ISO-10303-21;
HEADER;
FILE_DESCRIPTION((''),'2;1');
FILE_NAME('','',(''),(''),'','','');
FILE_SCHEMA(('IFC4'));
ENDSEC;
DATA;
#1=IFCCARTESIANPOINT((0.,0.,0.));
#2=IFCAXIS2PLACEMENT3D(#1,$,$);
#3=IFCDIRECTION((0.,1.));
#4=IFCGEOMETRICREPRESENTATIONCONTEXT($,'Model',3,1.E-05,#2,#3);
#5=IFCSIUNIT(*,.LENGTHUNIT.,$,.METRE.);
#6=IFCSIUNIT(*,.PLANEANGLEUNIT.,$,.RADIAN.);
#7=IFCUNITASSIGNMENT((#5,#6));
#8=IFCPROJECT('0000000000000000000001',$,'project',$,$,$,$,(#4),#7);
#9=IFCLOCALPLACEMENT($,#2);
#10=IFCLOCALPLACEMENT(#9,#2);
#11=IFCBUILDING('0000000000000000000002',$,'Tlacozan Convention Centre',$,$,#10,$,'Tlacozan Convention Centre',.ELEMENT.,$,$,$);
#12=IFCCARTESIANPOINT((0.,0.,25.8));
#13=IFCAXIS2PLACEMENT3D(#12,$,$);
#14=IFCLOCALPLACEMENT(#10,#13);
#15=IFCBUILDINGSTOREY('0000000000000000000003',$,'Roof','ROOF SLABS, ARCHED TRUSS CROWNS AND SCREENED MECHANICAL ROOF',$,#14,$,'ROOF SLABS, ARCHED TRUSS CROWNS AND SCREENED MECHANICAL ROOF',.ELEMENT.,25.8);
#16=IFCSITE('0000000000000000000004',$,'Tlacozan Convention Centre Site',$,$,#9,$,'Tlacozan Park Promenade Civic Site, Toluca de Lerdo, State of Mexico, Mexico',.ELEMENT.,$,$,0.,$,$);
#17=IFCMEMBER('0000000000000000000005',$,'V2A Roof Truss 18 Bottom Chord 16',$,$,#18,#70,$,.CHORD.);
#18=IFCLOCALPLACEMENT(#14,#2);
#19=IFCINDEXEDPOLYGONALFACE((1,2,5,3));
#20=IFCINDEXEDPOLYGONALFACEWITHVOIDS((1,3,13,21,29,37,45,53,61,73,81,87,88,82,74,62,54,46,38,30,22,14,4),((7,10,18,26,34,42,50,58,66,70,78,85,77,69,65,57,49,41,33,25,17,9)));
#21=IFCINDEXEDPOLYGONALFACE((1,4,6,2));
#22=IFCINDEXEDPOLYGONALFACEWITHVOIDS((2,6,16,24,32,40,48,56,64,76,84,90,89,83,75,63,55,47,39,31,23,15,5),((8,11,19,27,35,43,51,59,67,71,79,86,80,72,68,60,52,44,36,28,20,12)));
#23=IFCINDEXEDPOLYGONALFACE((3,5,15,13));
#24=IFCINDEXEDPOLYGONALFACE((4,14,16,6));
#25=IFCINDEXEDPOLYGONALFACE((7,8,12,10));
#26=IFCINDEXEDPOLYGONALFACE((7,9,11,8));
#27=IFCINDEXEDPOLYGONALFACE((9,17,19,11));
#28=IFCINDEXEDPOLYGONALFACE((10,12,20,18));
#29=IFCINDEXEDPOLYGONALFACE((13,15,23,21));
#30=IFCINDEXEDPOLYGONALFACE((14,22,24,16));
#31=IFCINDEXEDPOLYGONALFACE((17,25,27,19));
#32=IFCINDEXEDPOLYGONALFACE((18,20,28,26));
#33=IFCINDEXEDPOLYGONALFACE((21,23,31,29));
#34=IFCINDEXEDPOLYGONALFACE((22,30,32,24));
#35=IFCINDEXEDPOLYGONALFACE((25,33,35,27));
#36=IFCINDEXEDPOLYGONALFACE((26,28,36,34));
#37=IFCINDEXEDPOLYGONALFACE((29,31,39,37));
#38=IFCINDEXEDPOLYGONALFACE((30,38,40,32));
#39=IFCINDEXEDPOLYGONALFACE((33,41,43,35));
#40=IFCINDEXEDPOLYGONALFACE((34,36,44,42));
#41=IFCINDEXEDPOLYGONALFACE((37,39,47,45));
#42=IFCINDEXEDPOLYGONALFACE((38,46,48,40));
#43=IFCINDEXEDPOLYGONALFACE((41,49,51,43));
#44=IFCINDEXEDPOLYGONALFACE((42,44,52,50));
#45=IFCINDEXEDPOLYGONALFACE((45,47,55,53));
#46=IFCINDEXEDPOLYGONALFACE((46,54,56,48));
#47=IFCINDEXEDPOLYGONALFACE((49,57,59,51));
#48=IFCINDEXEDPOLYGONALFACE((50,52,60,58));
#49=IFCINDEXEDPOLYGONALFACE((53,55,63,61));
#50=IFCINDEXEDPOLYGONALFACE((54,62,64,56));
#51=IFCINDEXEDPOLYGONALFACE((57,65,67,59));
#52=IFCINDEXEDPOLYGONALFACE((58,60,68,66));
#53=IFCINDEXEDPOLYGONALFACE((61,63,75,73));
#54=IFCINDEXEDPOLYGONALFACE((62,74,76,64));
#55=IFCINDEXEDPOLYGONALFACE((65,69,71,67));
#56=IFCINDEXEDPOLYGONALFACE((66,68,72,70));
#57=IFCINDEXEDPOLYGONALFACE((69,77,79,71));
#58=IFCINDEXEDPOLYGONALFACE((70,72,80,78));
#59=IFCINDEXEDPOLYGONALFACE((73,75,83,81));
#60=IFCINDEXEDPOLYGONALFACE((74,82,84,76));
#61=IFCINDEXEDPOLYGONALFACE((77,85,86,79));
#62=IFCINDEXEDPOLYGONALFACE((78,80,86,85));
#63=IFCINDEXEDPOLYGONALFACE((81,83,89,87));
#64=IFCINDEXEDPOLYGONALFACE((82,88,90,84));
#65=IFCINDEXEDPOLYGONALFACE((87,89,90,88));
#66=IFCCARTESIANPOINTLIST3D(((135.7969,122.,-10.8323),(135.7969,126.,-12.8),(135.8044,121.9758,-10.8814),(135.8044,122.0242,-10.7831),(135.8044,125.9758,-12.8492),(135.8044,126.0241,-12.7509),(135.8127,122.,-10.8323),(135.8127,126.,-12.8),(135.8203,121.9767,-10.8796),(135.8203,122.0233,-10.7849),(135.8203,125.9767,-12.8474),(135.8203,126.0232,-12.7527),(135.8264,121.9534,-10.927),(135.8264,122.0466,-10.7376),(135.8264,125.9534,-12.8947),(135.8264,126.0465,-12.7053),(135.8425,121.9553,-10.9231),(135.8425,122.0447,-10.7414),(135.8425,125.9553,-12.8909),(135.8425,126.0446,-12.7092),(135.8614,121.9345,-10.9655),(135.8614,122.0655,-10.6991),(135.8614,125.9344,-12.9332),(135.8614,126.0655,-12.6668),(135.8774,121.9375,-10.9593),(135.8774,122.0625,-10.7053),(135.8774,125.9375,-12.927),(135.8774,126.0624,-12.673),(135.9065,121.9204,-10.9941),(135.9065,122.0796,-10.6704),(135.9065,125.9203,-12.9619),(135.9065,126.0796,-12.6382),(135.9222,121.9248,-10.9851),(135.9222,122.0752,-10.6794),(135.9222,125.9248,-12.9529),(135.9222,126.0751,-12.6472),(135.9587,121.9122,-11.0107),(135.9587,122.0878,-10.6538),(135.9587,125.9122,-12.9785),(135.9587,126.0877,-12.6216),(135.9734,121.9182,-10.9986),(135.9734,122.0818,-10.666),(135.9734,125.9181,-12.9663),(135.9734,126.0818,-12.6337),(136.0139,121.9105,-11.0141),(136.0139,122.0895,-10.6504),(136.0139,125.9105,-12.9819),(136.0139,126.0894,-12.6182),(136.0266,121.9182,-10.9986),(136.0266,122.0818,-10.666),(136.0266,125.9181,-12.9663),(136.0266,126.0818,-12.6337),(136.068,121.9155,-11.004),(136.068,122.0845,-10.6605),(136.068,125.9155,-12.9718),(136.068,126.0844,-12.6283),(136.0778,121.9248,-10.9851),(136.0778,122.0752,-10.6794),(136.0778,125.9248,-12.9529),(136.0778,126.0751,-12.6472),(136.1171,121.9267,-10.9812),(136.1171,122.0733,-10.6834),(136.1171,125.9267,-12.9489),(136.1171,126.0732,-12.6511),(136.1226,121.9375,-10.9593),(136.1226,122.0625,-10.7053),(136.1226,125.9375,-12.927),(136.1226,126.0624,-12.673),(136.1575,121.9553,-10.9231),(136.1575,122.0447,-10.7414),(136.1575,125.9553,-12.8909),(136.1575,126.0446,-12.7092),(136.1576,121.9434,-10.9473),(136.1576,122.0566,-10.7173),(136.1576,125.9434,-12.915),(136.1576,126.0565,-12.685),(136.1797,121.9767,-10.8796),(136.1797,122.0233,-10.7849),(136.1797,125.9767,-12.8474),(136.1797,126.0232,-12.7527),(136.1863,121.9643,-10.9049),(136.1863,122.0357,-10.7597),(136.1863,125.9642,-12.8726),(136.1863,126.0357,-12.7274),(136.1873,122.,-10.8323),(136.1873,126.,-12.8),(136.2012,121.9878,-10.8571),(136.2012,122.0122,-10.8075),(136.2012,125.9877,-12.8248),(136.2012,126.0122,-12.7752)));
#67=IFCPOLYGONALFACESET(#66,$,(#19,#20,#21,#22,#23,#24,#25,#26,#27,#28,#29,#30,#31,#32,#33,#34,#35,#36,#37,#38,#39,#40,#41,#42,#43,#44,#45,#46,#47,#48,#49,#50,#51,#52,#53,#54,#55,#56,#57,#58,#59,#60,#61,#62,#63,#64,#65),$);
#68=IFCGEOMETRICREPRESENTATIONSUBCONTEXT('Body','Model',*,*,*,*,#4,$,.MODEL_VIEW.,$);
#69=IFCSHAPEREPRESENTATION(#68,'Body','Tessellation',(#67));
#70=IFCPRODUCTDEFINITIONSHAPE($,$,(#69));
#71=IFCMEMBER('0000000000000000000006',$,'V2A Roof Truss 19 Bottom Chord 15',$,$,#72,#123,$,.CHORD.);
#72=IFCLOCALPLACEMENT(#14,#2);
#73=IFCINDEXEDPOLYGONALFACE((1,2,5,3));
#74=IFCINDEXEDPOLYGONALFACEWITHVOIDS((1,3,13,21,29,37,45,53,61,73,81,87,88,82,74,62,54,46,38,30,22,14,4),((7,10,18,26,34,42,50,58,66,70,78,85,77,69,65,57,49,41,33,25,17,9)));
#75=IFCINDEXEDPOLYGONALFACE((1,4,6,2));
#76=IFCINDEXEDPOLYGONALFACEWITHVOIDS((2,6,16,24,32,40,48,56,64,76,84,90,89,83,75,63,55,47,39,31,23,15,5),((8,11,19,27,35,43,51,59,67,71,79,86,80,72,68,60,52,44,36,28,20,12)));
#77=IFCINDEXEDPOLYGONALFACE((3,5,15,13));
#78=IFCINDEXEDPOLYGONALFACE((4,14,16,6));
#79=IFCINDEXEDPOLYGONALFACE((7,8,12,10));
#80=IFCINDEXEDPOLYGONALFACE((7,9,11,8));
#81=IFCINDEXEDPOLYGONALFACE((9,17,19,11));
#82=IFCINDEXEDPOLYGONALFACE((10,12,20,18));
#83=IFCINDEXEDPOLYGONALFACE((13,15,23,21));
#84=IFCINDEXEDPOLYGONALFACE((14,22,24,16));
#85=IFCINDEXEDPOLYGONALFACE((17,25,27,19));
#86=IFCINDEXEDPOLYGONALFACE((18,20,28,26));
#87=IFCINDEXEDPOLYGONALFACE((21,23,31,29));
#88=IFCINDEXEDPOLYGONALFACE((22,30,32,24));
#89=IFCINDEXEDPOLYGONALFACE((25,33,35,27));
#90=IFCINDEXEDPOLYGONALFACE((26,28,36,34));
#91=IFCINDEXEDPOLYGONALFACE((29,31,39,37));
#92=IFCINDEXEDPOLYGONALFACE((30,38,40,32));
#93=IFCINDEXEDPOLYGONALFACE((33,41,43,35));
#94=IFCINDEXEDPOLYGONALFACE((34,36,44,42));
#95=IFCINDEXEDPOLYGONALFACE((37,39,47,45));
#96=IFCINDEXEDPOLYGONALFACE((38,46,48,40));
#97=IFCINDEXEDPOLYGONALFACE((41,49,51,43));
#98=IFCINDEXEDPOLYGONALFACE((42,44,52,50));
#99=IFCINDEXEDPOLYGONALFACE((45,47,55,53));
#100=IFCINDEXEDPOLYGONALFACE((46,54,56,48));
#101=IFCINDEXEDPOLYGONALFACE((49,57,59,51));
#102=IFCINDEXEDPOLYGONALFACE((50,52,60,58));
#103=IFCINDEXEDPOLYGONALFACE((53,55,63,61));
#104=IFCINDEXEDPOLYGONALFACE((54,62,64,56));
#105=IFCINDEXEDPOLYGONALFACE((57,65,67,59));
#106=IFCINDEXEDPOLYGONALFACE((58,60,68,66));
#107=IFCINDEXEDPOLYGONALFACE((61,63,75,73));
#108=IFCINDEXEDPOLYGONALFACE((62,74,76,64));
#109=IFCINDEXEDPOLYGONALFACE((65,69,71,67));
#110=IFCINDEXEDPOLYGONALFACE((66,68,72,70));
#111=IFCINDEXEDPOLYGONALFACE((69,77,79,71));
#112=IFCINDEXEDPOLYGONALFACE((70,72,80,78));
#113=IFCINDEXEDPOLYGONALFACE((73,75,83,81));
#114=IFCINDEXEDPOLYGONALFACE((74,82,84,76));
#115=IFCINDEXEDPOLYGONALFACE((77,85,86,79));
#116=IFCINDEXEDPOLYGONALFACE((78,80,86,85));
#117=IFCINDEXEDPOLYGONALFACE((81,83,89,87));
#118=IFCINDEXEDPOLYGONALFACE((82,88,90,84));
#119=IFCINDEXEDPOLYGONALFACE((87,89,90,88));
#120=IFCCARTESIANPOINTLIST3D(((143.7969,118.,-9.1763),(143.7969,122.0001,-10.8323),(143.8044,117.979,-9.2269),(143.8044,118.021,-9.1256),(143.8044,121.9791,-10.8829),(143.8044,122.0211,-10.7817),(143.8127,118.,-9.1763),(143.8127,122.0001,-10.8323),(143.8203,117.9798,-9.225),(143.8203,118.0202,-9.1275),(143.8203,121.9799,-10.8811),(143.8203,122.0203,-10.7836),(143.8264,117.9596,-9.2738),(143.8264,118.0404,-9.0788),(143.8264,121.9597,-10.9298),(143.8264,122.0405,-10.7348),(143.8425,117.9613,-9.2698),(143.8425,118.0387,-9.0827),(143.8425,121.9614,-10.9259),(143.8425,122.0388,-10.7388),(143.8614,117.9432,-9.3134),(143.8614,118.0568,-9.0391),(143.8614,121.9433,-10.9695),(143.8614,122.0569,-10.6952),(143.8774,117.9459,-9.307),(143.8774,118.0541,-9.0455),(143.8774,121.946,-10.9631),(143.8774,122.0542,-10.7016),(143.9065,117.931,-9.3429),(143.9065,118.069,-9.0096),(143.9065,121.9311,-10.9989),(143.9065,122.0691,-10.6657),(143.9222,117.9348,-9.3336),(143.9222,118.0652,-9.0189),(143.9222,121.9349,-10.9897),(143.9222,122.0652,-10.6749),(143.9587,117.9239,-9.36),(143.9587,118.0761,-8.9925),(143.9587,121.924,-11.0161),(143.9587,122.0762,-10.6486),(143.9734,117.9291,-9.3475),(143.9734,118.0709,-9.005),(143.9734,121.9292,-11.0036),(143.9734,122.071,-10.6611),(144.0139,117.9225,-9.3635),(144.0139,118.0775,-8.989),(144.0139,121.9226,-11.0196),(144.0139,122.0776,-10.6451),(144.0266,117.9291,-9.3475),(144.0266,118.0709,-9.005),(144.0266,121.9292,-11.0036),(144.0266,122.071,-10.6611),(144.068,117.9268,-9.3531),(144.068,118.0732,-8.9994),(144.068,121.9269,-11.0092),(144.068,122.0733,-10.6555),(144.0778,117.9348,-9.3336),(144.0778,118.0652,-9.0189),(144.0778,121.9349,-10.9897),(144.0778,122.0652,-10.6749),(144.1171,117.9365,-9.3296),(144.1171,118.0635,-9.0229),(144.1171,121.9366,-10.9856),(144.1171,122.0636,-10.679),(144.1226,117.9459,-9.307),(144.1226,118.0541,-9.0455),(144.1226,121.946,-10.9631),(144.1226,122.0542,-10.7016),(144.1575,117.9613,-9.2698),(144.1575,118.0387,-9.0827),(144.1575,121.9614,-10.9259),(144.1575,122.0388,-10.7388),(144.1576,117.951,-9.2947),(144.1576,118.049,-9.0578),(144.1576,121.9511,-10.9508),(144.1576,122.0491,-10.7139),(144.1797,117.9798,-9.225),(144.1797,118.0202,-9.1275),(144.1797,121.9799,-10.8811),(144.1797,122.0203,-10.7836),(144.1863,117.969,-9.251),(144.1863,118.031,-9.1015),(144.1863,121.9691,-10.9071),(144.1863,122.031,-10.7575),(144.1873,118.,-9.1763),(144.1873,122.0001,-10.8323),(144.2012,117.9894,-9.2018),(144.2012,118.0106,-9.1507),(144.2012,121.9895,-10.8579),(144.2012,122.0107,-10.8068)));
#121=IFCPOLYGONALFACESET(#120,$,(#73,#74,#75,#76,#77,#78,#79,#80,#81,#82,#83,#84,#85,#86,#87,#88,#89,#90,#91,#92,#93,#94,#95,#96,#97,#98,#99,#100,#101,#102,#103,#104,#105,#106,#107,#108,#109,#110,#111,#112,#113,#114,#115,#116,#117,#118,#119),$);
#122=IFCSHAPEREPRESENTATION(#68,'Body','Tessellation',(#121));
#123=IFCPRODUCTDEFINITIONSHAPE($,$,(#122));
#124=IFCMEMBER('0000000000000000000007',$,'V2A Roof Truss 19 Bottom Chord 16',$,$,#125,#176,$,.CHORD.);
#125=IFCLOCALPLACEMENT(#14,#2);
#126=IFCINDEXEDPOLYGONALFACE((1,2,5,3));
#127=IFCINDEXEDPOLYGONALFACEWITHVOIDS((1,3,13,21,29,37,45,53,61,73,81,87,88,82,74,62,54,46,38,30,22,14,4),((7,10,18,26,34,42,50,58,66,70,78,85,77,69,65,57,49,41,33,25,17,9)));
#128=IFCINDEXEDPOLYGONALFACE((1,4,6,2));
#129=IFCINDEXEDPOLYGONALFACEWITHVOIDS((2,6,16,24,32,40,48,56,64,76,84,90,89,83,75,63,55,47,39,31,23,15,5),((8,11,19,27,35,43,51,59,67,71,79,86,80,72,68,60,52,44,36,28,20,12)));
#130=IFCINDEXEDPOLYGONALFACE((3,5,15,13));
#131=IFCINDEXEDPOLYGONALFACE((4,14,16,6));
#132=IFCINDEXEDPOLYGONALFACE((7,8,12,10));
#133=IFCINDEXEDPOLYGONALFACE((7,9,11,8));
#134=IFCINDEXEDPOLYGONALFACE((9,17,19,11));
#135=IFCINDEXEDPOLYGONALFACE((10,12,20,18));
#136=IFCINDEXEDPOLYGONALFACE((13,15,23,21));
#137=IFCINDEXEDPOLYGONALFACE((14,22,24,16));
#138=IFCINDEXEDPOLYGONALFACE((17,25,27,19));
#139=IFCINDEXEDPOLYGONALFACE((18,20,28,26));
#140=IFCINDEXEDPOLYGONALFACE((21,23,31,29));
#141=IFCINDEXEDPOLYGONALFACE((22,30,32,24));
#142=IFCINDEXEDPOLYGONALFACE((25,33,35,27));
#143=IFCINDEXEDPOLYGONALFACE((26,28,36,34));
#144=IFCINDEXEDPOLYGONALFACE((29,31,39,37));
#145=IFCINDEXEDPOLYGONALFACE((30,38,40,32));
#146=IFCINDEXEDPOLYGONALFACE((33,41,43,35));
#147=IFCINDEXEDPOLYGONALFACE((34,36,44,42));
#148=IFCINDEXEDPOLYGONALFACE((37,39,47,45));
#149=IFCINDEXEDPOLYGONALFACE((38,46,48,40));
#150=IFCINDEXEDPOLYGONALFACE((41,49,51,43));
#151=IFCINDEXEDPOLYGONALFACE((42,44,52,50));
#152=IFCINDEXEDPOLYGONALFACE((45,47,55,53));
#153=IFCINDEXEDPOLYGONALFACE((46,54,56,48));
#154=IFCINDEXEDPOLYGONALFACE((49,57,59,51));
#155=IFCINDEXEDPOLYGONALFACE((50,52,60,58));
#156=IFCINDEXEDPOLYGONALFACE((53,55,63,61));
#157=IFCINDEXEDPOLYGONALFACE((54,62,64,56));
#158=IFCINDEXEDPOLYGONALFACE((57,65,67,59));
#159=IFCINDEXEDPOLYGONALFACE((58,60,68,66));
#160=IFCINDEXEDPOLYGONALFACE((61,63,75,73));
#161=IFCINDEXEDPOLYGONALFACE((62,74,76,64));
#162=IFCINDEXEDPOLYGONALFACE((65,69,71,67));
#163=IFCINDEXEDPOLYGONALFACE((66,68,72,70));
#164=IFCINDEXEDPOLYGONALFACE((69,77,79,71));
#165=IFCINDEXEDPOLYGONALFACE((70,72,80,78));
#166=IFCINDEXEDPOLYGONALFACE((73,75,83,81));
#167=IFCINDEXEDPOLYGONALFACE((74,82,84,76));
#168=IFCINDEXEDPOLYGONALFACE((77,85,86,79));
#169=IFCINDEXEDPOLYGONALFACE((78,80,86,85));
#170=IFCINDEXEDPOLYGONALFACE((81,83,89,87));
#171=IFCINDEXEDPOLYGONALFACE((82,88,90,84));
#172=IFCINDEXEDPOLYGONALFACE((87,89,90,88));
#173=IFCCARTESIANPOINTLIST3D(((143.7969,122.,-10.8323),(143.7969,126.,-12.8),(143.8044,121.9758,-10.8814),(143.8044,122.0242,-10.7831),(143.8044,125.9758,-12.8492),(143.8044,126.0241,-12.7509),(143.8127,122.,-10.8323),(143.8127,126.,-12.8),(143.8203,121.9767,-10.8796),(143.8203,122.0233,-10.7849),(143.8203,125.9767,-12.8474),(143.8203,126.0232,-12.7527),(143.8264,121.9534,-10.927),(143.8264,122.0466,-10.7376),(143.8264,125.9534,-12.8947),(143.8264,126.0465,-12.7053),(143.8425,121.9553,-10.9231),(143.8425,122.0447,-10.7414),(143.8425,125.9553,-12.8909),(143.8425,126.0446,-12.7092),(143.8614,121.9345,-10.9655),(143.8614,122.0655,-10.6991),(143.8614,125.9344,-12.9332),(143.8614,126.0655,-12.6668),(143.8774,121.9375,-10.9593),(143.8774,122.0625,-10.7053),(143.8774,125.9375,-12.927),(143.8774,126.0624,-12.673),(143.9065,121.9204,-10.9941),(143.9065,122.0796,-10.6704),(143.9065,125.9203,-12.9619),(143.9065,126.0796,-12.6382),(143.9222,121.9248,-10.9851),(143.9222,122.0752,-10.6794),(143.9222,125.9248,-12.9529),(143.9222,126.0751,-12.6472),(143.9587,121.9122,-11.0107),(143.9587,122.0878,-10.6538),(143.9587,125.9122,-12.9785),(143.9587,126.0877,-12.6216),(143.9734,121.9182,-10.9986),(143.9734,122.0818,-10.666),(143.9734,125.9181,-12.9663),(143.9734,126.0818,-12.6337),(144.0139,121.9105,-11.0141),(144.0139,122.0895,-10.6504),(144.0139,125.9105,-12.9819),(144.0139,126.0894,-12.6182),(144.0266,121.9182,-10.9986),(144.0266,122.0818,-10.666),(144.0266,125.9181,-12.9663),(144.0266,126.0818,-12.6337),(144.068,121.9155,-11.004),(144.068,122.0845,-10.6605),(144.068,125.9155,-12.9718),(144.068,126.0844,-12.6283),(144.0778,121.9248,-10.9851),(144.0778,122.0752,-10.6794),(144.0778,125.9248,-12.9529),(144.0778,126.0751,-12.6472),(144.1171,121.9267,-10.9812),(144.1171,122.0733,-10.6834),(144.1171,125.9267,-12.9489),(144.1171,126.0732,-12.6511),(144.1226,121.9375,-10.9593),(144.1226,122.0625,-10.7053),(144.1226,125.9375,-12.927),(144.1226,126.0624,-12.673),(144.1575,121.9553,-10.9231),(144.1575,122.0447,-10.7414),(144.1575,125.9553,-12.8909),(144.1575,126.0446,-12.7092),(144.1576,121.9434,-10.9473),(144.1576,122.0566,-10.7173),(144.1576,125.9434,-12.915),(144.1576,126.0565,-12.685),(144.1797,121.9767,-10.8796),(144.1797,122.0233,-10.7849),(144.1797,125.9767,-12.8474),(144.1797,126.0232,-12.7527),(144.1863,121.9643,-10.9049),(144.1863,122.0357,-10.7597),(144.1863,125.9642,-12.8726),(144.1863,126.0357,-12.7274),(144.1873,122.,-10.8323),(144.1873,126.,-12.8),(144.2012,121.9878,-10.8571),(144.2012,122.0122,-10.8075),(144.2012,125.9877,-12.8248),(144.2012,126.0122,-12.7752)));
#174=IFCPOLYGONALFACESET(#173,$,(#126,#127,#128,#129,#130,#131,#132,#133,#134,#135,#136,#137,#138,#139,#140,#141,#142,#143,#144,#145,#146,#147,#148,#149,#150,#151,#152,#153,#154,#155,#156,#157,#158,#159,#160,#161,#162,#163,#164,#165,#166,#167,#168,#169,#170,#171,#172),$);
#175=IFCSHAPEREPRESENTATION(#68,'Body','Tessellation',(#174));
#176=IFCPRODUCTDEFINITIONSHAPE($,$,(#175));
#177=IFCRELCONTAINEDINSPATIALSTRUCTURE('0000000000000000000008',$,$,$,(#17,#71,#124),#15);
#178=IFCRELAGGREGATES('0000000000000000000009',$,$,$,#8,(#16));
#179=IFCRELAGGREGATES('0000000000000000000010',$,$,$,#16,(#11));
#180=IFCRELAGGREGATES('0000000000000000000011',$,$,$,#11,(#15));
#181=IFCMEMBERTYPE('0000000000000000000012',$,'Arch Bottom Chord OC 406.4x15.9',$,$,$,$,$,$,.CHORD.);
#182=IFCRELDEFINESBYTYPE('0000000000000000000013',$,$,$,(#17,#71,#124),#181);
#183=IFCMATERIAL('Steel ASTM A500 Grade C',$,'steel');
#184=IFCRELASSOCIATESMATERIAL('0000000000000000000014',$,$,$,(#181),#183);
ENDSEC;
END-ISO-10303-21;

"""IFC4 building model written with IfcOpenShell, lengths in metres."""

from ifc_helpers import new_model, si_unit, direction, frame, origin, origin_2d, place, context, subcontext, project, spatial, hollow_circle, extrude, material, material_profile, profile_set, type_object, element, save


model = new_model("IFC4")

# Units and contexts
model_context = context("Model", 3, precision=1e-05, world=origin(), true_north=direction((0.0, 1.0)))
body_context = subcontext(model_context, "Body", "Model", "MODEL_VIEW")
ifc_project = project(units=[si_unit("LENGTHUNIT", "METRE"), si_unit("PLANEANGLEUNIT", "RADIAN")], contexts=[model_context])

# Site, building, storey
site_placement = place(None, origin())
site = spatial("IfcSite", under=ifc_project, at=site_placement, Name="Tlacozan Convention Centre Site", LongName="Tlacozan Park Promenade Civic Site, Toluca de Lerdo, State of Mexico, Mexico", CompositionType="ELEMENT", RefElevation=0.0)
building_placement = place(site_placement, origin())
building = spatial("IfcBuilding", under=site, at=building_placement, Name="Tlacozan Convention Centre", LongName="Tlacozan Convention Centre", CompositionType="ELEMENT")
storey_placement = place(building_placement, frame((0.0, 0.0, 25.8)))
storey = spatial("IfcBuildingStorey", under=building, at=storey_placement, Name="Roof", Description="ROOF SLABS, ARCHED TRUSS CROWNS AND SCREENED MECHANICAL ROOF", LongName="ROOF SLABS, ARCHED TRUSS CROWNS AND SCREENED MECHANICAL ROOF", CompositionType="ELEMENT", Elevation=25.8)

# Members
ifc_material_1 = material(Name="Steel ASTM A500 Grade C", Category="steel")
ifc_material_profile_1 = material_profile(ifc_material_1, hollow_circle(Radius=0.2031, WallThickness=0.0159, at=origin_2d()), Name="OC 406.4x15.9")
ifc_profile_set_1 = profile_set([ifc_material_profile_1], Name="Steel ASTM A500 Grade C")
member_type_1 = type_object("IfcMemberType", Name="Arch Bottom Chord OC 406.4x15.9", PredefinedType="CHORD", material=ifc_profile_set_1)
member_1_placement = place(storey_placement, frame((136.0, 122.0, -10.8323), z_axis=(0.0, 0.8973, -0.441421), x_axis=(-1.0, 0.0, 0.0)))
element("IfcMember", 1, at=member_1_placement, inside=storey, type_object=member_type_1, Name="V2A Roof Truss 18 Bottom Chord 16", PredefinedType="CHORD", context=body_context, shape_type="SweptSolid", body=[
    extrude(hollow_circle(Radius=0.2031, WallThickness=0.0159, at=origin_2d()), origin(), (0.0, 0.0, 1.0), 4.4578),
])
member_2_placement = place(storey_placement, frame((144.0, 118.0, -9.1763), z_axis=(0.0, 0.923949, -0.382516), x_axis=(-1.0, 0.0, 0.0)))
element("IfcMember", 2, at=member_2_placement, inside=storey, type_object=member_type_1, Name="V2A Roof Truss 19 Bottom Chord 15", PredefinedType="CHORD", context=body_context, shape_type="SweptSolid", body=[
    extrude(hollow_circle(Radius=0.2031, WallThickness=0.0159, at=origin_2d()), origin(), (0.0, 0.0, 1.0), 4.3293),
])
member_3_placement = place(storey_placement, frame((144.0, 122.0, -10.8323), z_axis=(0.0, 0.8973, -0.441421), x_axis=(-1.0, 0.0, 0.0)))
element("IfcMember", 3, at=member_3_placement, inside=storey, type_object=member_type_1, Name="V2A Roof Truss 19 Bottom Chord 16", PredefinedType="CHORD", context=body_context, shape_type="SweptSolid", body=[
    extrude(hollow_circle(Radius=0.2031, WallThickness=0.0159, at=origin_2d()), origin(), (0.0, 0.0, 1.0), 4.4578),
])

save(model, "model.ifc")
